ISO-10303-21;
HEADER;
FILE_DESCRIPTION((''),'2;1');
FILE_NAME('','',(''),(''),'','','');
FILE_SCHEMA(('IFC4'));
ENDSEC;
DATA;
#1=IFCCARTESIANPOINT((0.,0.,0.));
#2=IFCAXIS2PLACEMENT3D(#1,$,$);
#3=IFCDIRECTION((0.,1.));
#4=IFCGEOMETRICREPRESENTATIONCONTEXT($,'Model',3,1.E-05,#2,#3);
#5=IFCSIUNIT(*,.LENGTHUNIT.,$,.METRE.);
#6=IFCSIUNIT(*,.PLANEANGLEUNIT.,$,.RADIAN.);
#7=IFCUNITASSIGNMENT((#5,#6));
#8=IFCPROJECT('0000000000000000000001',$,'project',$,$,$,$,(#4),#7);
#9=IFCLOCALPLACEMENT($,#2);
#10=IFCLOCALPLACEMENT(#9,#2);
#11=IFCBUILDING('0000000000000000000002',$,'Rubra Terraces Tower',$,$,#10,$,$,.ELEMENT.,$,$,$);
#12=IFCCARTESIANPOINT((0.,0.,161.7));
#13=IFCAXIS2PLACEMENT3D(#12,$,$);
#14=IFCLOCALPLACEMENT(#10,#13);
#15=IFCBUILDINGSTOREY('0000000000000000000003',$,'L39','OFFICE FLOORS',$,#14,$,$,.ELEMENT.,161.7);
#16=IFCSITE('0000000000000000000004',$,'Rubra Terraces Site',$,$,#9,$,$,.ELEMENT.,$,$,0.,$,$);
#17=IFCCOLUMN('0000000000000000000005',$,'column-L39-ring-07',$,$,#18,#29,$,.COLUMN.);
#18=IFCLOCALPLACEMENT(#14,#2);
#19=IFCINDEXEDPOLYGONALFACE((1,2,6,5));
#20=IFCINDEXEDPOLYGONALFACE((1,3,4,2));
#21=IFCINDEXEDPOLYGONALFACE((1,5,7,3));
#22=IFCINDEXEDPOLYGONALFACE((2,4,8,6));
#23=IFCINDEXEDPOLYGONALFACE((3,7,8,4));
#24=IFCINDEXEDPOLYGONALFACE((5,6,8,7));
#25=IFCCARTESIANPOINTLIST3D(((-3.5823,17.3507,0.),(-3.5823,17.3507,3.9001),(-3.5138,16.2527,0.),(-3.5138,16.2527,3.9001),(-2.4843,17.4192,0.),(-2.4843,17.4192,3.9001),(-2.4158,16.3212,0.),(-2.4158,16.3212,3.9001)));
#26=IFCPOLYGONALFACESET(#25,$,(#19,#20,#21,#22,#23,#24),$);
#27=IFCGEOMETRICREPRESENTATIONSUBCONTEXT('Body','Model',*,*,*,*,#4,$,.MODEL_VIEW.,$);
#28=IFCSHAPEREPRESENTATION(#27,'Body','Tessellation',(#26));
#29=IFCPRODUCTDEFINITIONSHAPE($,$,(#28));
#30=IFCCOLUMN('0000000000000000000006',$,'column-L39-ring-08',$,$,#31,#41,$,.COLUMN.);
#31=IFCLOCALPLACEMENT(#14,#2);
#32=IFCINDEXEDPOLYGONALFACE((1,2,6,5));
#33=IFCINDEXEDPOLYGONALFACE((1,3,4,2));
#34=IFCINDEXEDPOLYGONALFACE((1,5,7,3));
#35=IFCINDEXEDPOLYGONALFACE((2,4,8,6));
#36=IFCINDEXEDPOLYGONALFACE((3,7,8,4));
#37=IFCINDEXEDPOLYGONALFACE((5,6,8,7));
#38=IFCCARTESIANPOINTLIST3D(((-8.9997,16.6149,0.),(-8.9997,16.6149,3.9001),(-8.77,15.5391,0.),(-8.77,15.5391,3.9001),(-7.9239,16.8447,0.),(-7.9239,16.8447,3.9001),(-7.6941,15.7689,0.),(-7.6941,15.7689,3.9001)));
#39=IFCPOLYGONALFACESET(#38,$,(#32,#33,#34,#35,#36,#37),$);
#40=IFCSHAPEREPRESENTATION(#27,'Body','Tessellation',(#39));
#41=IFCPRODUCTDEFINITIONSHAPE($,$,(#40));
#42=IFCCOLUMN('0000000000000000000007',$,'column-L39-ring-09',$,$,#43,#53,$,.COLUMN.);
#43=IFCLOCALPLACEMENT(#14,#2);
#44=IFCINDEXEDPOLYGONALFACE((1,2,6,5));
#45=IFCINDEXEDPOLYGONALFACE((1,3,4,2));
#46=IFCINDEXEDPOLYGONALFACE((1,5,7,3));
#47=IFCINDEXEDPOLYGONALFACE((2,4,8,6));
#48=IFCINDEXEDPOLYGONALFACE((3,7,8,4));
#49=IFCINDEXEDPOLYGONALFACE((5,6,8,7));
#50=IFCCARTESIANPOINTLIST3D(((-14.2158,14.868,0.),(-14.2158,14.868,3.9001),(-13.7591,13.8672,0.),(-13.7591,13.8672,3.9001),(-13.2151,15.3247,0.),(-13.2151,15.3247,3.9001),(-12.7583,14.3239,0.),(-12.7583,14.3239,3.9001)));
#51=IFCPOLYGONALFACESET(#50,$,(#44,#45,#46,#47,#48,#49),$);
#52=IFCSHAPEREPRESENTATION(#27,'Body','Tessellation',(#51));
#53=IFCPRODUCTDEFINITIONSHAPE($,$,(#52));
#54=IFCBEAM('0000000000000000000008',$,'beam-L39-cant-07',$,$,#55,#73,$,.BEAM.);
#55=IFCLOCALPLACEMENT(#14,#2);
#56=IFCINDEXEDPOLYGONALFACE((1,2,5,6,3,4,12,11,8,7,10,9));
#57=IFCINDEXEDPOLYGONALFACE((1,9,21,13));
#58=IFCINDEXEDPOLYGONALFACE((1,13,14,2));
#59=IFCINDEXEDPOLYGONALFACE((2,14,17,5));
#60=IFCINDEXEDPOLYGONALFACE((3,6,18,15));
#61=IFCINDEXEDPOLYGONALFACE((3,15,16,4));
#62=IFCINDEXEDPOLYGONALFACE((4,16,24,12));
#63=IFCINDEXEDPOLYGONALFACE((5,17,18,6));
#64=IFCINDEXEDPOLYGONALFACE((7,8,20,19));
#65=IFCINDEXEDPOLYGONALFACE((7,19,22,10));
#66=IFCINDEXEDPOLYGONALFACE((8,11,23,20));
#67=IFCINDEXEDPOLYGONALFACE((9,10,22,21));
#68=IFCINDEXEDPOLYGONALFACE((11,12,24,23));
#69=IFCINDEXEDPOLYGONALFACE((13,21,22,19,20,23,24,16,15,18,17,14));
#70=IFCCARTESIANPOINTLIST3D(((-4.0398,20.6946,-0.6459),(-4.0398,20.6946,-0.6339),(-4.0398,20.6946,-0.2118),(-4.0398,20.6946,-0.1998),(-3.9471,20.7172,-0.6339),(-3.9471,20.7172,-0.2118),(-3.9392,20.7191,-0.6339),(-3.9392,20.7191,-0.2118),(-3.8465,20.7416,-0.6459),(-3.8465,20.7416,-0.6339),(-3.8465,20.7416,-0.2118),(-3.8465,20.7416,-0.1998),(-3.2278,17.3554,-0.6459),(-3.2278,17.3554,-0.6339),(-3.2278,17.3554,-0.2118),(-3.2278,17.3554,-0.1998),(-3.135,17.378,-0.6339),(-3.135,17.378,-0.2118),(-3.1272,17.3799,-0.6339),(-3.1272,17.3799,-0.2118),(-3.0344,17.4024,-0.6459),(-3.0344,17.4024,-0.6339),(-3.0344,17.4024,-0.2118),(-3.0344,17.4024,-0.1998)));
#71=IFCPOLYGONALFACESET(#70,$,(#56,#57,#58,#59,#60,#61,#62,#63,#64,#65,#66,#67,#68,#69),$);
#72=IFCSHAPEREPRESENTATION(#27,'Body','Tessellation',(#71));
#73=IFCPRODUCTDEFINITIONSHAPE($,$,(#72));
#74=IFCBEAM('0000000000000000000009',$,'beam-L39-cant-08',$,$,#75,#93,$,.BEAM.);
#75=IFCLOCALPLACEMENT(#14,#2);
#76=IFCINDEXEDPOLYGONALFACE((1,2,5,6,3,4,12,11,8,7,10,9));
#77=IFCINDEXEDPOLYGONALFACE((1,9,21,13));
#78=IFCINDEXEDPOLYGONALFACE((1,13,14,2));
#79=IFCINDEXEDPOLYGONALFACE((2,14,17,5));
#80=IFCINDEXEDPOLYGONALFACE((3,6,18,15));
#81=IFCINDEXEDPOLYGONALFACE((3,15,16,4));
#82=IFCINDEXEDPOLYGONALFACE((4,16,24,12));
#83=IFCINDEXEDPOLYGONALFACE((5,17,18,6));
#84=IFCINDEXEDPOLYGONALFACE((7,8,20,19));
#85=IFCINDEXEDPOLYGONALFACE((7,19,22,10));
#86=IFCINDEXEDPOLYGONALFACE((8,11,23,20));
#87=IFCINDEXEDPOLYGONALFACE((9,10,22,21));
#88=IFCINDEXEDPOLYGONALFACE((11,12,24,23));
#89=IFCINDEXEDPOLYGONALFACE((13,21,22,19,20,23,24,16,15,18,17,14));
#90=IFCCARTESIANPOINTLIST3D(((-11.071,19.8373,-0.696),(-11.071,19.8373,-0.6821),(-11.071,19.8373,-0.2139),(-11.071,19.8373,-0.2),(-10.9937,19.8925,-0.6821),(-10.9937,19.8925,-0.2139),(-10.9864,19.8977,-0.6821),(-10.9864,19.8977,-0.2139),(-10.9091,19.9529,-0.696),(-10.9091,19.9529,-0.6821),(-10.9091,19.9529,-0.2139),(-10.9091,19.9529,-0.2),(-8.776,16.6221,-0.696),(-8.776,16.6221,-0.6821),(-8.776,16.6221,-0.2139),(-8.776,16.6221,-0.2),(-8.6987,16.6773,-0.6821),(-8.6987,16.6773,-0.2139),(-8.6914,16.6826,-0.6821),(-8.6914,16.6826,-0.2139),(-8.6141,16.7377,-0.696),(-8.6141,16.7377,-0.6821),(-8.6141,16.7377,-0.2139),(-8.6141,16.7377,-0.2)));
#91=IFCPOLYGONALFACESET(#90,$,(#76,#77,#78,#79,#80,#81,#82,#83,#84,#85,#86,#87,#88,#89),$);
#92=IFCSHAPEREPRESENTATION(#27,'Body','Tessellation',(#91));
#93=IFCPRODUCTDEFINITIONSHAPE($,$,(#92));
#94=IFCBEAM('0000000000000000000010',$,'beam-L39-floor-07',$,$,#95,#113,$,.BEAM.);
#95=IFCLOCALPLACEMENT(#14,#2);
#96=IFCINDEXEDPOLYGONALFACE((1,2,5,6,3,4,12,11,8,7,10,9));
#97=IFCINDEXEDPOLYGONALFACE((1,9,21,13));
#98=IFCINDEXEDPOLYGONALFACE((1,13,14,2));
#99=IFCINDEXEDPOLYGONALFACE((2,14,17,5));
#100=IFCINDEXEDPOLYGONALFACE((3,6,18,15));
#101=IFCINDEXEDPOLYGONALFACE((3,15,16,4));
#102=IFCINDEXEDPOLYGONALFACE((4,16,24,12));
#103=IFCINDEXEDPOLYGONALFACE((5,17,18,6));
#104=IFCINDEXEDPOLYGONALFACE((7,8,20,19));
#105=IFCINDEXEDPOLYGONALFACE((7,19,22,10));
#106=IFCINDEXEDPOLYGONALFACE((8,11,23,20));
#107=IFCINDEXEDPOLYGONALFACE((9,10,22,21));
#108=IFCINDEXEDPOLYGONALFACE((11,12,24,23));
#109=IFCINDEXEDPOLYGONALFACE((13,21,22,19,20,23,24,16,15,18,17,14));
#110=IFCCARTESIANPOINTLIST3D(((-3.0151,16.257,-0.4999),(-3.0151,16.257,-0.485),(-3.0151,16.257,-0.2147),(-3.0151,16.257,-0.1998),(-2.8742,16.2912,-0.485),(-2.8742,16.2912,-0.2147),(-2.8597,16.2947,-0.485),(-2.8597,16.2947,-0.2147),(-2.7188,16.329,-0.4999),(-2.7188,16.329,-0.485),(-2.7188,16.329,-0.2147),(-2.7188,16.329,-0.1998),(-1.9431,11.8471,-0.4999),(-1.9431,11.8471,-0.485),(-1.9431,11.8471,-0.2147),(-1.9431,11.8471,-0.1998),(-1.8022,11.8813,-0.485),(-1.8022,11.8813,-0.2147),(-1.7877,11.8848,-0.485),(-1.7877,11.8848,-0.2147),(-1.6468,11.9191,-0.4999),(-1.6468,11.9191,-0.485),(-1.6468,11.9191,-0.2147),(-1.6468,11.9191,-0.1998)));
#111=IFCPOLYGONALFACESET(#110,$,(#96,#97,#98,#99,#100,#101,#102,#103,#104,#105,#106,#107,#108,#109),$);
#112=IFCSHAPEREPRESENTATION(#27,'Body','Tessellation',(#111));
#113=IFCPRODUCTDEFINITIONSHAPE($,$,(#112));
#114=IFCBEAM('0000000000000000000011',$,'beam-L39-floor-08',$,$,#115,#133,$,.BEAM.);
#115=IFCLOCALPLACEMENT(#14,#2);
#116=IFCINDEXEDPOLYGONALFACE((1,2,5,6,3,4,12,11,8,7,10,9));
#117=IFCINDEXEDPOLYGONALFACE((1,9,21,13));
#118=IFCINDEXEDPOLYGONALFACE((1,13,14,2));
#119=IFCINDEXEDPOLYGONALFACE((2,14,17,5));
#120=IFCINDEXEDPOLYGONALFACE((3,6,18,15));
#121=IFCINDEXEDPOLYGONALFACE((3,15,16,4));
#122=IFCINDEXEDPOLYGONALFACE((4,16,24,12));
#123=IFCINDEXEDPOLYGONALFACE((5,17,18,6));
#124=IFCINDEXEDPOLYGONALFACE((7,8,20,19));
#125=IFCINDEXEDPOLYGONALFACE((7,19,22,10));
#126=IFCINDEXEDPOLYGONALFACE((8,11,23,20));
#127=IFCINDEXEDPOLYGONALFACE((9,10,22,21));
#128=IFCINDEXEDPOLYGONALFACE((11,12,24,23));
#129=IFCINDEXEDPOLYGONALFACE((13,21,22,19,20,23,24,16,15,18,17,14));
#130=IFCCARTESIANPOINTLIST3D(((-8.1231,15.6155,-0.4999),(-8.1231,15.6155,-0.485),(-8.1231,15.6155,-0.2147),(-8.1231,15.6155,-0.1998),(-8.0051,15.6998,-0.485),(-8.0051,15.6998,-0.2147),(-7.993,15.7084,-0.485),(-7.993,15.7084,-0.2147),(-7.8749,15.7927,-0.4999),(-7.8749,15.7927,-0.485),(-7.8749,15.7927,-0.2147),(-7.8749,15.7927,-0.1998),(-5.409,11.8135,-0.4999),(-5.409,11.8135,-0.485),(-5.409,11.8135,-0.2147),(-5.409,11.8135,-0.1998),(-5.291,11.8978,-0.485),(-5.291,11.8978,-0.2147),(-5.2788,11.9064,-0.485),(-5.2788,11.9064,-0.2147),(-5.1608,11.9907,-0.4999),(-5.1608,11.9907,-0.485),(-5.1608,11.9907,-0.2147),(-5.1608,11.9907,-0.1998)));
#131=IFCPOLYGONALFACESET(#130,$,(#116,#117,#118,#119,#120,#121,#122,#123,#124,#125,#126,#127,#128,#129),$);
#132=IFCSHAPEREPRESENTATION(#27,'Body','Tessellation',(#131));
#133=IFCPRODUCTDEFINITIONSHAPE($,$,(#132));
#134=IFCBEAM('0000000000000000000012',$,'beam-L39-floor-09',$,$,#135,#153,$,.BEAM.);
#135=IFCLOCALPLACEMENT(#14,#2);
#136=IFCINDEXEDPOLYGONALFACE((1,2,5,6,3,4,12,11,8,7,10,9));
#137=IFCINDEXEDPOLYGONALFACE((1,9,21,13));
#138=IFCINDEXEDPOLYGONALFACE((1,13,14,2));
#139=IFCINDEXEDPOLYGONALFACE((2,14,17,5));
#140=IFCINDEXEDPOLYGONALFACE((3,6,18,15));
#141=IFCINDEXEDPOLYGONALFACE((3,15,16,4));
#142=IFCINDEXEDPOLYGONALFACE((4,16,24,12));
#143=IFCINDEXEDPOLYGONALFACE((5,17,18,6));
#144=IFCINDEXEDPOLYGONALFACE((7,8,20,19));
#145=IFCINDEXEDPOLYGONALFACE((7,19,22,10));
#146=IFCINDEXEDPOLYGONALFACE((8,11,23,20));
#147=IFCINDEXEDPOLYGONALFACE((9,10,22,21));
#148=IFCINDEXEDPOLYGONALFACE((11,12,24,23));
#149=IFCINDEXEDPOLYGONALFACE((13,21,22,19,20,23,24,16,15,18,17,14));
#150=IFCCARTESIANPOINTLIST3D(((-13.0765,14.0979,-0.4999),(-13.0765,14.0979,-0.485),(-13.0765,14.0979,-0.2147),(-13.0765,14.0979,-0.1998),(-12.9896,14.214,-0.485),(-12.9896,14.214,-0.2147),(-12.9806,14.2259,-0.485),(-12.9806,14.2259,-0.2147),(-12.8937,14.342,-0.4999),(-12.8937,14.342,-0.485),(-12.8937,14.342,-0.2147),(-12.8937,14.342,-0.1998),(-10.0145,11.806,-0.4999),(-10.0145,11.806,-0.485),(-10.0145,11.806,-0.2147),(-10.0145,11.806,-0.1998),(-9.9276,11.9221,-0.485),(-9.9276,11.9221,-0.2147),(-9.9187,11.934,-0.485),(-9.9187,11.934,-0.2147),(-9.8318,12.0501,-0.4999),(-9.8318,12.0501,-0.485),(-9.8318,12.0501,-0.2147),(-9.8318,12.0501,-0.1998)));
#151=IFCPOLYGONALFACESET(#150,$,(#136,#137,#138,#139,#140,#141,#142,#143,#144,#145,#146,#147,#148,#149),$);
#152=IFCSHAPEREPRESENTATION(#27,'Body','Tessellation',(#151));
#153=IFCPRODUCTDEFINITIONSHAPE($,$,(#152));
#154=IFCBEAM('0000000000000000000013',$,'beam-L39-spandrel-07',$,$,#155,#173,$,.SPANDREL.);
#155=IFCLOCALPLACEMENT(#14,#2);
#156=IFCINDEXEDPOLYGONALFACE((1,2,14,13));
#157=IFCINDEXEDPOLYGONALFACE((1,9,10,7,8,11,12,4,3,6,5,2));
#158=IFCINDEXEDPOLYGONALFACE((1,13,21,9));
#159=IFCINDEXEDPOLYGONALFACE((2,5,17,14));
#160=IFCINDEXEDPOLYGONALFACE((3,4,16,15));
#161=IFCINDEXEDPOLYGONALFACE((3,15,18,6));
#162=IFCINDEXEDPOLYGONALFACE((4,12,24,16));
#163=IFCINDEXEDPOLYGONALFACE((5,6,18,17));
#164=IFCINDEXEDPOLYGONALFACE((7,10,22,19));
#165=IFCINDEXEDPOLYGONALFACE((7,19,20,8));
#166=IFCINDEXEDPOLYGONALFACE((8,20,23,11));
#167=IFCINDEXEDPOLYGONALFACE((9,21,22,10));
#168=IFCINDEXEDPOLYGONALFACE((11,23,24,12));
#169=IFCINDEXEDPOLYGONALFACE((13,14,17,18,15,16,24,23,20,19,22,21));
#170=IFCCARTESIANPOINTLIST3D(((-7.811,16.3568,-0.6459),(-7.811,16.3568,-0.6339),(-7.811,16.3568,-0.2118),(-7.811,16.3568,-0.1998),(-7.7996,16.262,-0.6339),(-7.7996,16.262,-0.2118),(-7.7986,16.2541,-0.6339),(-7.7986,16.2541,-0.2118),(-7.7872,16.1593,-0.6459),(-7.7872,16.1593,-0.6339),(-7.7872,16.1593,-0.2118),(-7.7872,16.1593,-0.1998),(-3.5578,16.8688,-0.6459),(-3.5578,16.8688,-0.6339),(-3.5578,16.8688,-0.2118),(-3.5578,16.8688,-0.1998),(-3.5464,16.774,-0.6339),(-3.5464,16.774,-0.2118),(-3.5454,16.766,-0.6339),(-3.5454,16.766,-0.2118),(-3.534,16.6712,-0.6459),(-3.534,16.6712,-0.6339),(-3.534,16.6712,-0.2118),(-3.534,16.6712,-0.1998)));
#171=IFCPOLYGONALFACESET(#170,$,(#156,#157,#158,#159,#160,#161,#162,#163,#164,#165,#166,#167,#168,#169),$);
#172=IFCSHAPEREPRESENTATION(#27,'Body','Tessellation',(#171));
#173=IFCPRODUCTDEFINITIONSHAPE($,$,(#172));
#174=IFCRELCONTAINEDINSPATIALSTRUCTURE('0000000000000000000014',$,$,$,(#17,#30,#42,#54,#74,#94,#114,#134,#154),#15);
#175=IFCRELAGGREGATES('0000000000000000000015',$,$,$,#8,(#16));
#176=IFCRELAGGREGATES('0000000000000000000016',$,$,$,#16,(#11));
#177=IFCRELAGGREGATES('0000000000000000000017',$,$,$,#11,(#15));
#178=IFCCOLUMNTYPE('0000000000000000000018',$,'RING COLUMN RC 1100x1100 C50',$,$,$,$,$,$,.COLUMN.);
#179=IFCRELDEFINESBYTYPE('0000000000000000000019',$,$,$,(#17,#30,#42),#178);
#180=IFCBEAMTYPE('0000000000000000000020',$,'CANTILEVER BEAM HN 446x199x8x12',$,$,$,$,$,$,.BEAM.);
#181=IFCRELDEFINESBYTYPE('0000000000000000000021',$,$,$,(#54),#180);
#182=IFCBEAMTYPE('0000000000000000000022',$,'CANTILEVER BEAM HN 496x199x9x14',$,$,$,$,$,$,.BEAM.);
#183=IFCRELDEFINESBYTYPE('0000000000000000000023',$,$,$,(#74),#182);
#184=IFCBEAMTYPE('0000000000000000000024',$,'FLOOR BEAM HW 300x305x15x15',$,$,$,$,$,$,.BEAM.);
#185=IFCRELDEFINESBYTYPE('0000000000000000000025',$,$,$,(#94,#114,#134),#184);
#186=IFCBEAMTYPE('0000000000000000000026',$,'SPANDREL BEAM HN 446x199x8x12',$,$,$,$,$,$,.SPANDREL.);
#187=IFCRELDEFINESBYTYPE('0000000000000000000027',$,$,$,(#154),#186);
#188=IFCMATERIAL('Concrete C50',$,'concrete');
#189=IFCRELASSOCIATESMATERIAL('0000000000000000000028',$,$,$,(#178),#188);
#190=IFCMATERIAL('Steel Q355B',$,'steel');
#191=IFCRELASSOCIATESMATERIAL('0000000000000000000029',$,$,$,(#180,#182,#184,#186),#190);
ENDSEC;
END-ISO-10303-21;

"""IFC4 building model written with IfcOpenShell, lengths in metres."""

from ifc_helpers import new_model, si_unit, direction, frame, origin, origin_2d, place, context, subcontext, project, spatial, rectangle, i_section, extrude, material, material_profile, profile_set, type_object, element, save


model = new_model("IFC4")

# Units and contexts
model_context = context("Model", 3, precision=1e-05, world=origin(), true_north=direction((0.0, 1.0)))
body_context = subcontext(model_context, "Body", "Model", "MODEL_VIEW")
ifc_project = project(units=[si_unit("LENGTHUNIT", "METRE"), si_unit("PLANEANGLEUNIT", "RADIAN")], contexts=[model_context])

# Site, building, storey
site_placement = place(None, origin())
site = spatial("IfcSite", under=ifc_project, at=site_placement, Name="Rubra Terraces Site", CompositionType="ELEMENT", RefElevation=0.0)
building_placement = place(site_placement, origin())
building = spatial("IfcBuilding", under=site, at=building_placement, Name="Rubra Terraces Tower", CompositionType="ELEMENT")
storey_placement = place(building_placement, frame((0.0, 0.0, 161.7)))
storey = spatial("IfcBuildingStorey", under=building, at=storey_placement, Name="L39", Description="OFFICE FLOORS", CompositionType="ELEMENT", Elevation=161.7)

# Columns
ifc_material_1 = material(Name="Concrete C50", Category="concrete")
ifc_material_profile_1 = material_profile(ifc_material_1, rectangle(XDim=1.1001, YDim=1.1001, at=origin_2d()), Name="RC 1100x1100")
ifc_profile_set_1 = profile_set([ifc_material_profile_1], Name="Concrete C50")
column_type = type_object("IfcColumnType", Name="RING COLUMN RC 1100x1100 C50", PredefinedType="COLUMN", material=ifc_profile_set_1)
for number, where, z_axis, x_axis, name in (
    (1, (-2.999, 16.8359, 0.0), (0.0, 0.0, 1.0), (-0.998059, -0.062268, 0.0), "column-L39-ring-07"),
    (2, (-8.3469, 16.1919, 0.0), (0.0, 0.0, 1.0), (-0.977944, -0.208867, 0.0), "column-L39-ring-08"),
    (3, (-13.4871, 14.5959, 0.0), (0.0, 0.0, 1.0), (-0.909726, -0.415208, 0.0), "column-L39-ring-09"),
):
    element("IfcColumn", number, at=place(storey_placement, frame(where, z_axis=z_axis, x_axis=x_axis)), inside=storey, type_object=column_type, Name=name, PredefinedType="COLUMN", context=body_context, shape_type="SweptSolid", body=[
        extrude(rectangle(XDim=1.1001, YDim=1.1001, at=origin_2d()), origin(), (0.0, 0.0, 1.0), 3.9001),
    ])

# Beams
ifc_material_2 = material(Name="Steel Q355B", Category="steel")
ifc_material_profile_2 = material_profile(ifc_material_2, i_section(OverallWidth=0.199, OverallDepth=0.446, WebThickness=0.0081, FlangeThickness=0.012, at=origin_2d()), Name="HN 446x199x8x12")
ifc_profile_set_2 = profile_set([ifc_material_profile_2], Name="Steel Q355B")
beam_type_1 = type_object("IfcBeamType", Name="CANTILEVER BEAM HN 446x199x8x12", PredefinedType="BEAM", material=ifc_profile_set_2)
beam_1_placement = place(storey_placement, frame((-3.1311, 17.3789, -0.4229), z_axis=(-0.236295, 0.971681, 0.0), x_axis=(-0.971681, -0.236295, 0.0)))
element("IfcBeam", 4, at=beam_1_placement, inside=storey, type_object=beam_type_1, Name="beam-L39-cant-07", PredefinedType="BEAM", context=body_context, shape_type="SweptSolid", body=[
    extrude(i_section(OverallWidth=0.199, OverallDepth=0.446, WebThickness=0.0081, FlangeThickness=0.012, at=origin_2d()), origin(), (0.0, 0.0, 1.0), 3.4365),
])
ifc_material_profile_3 = material_profile(ifc_material_2, i_section(OverallWidth=0.199, OverallDepth=0.4961, WebThickness=0.009, FlangeThickness=0.0139, at=origin_2d()), Name="HN 496x199x9x14")
ifc_profile_set_3 = profile_set([ifc_material_profile_3], Name="Steel Q355B")
beam_type_2 = type_object("IfcBeamType", Name="CANTILEVER BEAM HN 496x199x9x14", PredefinedType="BEAM", material=ifc_profile_set_3)
beam_2_placement = place(storey_placement, frame((-8.6951, 16.6799, -0.448), z_axis=(-0.580975, 0.813921, 0.0), x_axis=(-0.813921, -0.580975, 0.0)))
element("IfcBeam", 5, at=beam_2_placement, inside=storey, type_object=beam_type_2, Name="beam-L39-cant-08", PredefinedType="BEAM", context=body_context, shape_type="SweptSolid", body=[
    extrude(i_section(OverallWidth=0.199, OverallDepth=0.4961, WebThickness=0.009, FlangeThickness=0.0139, at=origin_2d()), origin(), (0.0, 0.0, 1.0), 3.9502),
])
ifc_material_profile_4 = material_profile(ifc_material_2, i_section(OverallWidth=0.3049, OverallDepth=0.3, WebThickness=0.0149, FlangeThickness=0.0149, at=origin_2d()), Name="HW 300x305x15x15")
ifc_profile_set_4 = profile_set([ifc_material_profile_4], Name="Steel Q355B")
beam_type_3 = type_object("IfcBeamType", Name="FLOOR BEAM HW 300x305x15x15", PredefinedType="BEAM", material=ifc_profile_set_4)
beam_3_placement = place(storey_placement, frame((-2.8669, 16.293, -0.3499), z_axis=(0.236214, -0.971701, 0.0), x_axis=(0.971701, 0.236214, 0.0)))
element("IfcBeam", 6, at=beam_3_placement, inside=storey, type_object=beam_type_3, Name="beam-L39-floor-07", PredefinedType="BEAM", context=body_context, shape_type="SweptSolid", body=[
    extrude(i_section(OverallWidth=0.3049, OverallDepth=0.3, WebThickness=0.0149, FlangeThickness=0.0149, at=origin_2d()), origin(), (0.0, 0.0, 1.0), 4.5383),
])
beam_4_placement = place(storey_placement, frame((-7.999, 15.7041, -0.3499), z_axis=(0.581011, -0.813896, 0.0), x_axis=(0.813896, 0.581011, 0.0)))
element("IfcBeam", 7, at=beam_4_placement, inside=storey, type_object=beam_type_3, Name="beam-L39-floor-08", PredefinedType="BEAM", context=body_context, shape_type="SweptSolid", body=[
    extrude(i_section(OverallWidth=0.3049, OverallDepth=0.3, WebThickness=0.0149, FlangeThickness=0.0149, at=origin_2d()), origin(), (0.0, 0.0, 1.0), 4.6714),
])
beam_5_placement = place(storey_placement, frame((-12.9851, 14.22, -0.3499), z_axis=(0.800566, -0.599244, 0.0), x_axis=(0.599244, 0.800566, 0.0)))
element("IfcBeam", 8, at=beam_5_placement, inside=storey, type_object=beam_type_3, Name="beam-L39-floor-09", PredefinedType="BEAM", context=body_context, shape_type="SweptSolid", body=[
    extrude(i_section(OverallWidth=0.3049, OverallDepth=0.3, WebThickness=0.0149, FlangeThickness=0.0149, at=origin_2d()), origin(), (0.0, 0.0, 1.0), 3.8247),
])
ifc_material_profile_5 = material_profile(ifc_material_2, i_section(OverallWidth=0.199, OverallDepth=0.446, WebThickness=0.0081, FlangeThickness=0.012, at=origin_2d()), Name="HN 446x199x8x12")
ifc_profile_set_5 = profile_set([ifc_material_profile_5], Name="Steel Q355B")
beam_type_4 = type_object("IfcBeamType", Name="SPANDREL BEAM HN 446x199x8x12", PredefinedType="SPANDREL", material=ifc_profile_set_5)
beam_6_placement = place(storey_placement, frame((-3.5459, 16.77, -0.4229), z_axis=(-0.992833, -0.119509, 0.0), x_axis=(0.119509, -0.992833, 0.0)))
element("IfcBeam", 9, at=beam_6_placement, inside=storey, type_object=beam_type_4, Name="beam-L39-spandrel-07", PredefinedType="SPANDREL", context=body_context, shape_type="SweptSolid", body=[
    extrude(i_section(OverallWidth=0.199, OverallDepth=0.446, WebThickness=0.0081, FlangeThickness=0.012, at=origin_2d()), origin(), (0.0, 0.0, 1.0), 4.2839),
])

save(model, "model.ifc")
